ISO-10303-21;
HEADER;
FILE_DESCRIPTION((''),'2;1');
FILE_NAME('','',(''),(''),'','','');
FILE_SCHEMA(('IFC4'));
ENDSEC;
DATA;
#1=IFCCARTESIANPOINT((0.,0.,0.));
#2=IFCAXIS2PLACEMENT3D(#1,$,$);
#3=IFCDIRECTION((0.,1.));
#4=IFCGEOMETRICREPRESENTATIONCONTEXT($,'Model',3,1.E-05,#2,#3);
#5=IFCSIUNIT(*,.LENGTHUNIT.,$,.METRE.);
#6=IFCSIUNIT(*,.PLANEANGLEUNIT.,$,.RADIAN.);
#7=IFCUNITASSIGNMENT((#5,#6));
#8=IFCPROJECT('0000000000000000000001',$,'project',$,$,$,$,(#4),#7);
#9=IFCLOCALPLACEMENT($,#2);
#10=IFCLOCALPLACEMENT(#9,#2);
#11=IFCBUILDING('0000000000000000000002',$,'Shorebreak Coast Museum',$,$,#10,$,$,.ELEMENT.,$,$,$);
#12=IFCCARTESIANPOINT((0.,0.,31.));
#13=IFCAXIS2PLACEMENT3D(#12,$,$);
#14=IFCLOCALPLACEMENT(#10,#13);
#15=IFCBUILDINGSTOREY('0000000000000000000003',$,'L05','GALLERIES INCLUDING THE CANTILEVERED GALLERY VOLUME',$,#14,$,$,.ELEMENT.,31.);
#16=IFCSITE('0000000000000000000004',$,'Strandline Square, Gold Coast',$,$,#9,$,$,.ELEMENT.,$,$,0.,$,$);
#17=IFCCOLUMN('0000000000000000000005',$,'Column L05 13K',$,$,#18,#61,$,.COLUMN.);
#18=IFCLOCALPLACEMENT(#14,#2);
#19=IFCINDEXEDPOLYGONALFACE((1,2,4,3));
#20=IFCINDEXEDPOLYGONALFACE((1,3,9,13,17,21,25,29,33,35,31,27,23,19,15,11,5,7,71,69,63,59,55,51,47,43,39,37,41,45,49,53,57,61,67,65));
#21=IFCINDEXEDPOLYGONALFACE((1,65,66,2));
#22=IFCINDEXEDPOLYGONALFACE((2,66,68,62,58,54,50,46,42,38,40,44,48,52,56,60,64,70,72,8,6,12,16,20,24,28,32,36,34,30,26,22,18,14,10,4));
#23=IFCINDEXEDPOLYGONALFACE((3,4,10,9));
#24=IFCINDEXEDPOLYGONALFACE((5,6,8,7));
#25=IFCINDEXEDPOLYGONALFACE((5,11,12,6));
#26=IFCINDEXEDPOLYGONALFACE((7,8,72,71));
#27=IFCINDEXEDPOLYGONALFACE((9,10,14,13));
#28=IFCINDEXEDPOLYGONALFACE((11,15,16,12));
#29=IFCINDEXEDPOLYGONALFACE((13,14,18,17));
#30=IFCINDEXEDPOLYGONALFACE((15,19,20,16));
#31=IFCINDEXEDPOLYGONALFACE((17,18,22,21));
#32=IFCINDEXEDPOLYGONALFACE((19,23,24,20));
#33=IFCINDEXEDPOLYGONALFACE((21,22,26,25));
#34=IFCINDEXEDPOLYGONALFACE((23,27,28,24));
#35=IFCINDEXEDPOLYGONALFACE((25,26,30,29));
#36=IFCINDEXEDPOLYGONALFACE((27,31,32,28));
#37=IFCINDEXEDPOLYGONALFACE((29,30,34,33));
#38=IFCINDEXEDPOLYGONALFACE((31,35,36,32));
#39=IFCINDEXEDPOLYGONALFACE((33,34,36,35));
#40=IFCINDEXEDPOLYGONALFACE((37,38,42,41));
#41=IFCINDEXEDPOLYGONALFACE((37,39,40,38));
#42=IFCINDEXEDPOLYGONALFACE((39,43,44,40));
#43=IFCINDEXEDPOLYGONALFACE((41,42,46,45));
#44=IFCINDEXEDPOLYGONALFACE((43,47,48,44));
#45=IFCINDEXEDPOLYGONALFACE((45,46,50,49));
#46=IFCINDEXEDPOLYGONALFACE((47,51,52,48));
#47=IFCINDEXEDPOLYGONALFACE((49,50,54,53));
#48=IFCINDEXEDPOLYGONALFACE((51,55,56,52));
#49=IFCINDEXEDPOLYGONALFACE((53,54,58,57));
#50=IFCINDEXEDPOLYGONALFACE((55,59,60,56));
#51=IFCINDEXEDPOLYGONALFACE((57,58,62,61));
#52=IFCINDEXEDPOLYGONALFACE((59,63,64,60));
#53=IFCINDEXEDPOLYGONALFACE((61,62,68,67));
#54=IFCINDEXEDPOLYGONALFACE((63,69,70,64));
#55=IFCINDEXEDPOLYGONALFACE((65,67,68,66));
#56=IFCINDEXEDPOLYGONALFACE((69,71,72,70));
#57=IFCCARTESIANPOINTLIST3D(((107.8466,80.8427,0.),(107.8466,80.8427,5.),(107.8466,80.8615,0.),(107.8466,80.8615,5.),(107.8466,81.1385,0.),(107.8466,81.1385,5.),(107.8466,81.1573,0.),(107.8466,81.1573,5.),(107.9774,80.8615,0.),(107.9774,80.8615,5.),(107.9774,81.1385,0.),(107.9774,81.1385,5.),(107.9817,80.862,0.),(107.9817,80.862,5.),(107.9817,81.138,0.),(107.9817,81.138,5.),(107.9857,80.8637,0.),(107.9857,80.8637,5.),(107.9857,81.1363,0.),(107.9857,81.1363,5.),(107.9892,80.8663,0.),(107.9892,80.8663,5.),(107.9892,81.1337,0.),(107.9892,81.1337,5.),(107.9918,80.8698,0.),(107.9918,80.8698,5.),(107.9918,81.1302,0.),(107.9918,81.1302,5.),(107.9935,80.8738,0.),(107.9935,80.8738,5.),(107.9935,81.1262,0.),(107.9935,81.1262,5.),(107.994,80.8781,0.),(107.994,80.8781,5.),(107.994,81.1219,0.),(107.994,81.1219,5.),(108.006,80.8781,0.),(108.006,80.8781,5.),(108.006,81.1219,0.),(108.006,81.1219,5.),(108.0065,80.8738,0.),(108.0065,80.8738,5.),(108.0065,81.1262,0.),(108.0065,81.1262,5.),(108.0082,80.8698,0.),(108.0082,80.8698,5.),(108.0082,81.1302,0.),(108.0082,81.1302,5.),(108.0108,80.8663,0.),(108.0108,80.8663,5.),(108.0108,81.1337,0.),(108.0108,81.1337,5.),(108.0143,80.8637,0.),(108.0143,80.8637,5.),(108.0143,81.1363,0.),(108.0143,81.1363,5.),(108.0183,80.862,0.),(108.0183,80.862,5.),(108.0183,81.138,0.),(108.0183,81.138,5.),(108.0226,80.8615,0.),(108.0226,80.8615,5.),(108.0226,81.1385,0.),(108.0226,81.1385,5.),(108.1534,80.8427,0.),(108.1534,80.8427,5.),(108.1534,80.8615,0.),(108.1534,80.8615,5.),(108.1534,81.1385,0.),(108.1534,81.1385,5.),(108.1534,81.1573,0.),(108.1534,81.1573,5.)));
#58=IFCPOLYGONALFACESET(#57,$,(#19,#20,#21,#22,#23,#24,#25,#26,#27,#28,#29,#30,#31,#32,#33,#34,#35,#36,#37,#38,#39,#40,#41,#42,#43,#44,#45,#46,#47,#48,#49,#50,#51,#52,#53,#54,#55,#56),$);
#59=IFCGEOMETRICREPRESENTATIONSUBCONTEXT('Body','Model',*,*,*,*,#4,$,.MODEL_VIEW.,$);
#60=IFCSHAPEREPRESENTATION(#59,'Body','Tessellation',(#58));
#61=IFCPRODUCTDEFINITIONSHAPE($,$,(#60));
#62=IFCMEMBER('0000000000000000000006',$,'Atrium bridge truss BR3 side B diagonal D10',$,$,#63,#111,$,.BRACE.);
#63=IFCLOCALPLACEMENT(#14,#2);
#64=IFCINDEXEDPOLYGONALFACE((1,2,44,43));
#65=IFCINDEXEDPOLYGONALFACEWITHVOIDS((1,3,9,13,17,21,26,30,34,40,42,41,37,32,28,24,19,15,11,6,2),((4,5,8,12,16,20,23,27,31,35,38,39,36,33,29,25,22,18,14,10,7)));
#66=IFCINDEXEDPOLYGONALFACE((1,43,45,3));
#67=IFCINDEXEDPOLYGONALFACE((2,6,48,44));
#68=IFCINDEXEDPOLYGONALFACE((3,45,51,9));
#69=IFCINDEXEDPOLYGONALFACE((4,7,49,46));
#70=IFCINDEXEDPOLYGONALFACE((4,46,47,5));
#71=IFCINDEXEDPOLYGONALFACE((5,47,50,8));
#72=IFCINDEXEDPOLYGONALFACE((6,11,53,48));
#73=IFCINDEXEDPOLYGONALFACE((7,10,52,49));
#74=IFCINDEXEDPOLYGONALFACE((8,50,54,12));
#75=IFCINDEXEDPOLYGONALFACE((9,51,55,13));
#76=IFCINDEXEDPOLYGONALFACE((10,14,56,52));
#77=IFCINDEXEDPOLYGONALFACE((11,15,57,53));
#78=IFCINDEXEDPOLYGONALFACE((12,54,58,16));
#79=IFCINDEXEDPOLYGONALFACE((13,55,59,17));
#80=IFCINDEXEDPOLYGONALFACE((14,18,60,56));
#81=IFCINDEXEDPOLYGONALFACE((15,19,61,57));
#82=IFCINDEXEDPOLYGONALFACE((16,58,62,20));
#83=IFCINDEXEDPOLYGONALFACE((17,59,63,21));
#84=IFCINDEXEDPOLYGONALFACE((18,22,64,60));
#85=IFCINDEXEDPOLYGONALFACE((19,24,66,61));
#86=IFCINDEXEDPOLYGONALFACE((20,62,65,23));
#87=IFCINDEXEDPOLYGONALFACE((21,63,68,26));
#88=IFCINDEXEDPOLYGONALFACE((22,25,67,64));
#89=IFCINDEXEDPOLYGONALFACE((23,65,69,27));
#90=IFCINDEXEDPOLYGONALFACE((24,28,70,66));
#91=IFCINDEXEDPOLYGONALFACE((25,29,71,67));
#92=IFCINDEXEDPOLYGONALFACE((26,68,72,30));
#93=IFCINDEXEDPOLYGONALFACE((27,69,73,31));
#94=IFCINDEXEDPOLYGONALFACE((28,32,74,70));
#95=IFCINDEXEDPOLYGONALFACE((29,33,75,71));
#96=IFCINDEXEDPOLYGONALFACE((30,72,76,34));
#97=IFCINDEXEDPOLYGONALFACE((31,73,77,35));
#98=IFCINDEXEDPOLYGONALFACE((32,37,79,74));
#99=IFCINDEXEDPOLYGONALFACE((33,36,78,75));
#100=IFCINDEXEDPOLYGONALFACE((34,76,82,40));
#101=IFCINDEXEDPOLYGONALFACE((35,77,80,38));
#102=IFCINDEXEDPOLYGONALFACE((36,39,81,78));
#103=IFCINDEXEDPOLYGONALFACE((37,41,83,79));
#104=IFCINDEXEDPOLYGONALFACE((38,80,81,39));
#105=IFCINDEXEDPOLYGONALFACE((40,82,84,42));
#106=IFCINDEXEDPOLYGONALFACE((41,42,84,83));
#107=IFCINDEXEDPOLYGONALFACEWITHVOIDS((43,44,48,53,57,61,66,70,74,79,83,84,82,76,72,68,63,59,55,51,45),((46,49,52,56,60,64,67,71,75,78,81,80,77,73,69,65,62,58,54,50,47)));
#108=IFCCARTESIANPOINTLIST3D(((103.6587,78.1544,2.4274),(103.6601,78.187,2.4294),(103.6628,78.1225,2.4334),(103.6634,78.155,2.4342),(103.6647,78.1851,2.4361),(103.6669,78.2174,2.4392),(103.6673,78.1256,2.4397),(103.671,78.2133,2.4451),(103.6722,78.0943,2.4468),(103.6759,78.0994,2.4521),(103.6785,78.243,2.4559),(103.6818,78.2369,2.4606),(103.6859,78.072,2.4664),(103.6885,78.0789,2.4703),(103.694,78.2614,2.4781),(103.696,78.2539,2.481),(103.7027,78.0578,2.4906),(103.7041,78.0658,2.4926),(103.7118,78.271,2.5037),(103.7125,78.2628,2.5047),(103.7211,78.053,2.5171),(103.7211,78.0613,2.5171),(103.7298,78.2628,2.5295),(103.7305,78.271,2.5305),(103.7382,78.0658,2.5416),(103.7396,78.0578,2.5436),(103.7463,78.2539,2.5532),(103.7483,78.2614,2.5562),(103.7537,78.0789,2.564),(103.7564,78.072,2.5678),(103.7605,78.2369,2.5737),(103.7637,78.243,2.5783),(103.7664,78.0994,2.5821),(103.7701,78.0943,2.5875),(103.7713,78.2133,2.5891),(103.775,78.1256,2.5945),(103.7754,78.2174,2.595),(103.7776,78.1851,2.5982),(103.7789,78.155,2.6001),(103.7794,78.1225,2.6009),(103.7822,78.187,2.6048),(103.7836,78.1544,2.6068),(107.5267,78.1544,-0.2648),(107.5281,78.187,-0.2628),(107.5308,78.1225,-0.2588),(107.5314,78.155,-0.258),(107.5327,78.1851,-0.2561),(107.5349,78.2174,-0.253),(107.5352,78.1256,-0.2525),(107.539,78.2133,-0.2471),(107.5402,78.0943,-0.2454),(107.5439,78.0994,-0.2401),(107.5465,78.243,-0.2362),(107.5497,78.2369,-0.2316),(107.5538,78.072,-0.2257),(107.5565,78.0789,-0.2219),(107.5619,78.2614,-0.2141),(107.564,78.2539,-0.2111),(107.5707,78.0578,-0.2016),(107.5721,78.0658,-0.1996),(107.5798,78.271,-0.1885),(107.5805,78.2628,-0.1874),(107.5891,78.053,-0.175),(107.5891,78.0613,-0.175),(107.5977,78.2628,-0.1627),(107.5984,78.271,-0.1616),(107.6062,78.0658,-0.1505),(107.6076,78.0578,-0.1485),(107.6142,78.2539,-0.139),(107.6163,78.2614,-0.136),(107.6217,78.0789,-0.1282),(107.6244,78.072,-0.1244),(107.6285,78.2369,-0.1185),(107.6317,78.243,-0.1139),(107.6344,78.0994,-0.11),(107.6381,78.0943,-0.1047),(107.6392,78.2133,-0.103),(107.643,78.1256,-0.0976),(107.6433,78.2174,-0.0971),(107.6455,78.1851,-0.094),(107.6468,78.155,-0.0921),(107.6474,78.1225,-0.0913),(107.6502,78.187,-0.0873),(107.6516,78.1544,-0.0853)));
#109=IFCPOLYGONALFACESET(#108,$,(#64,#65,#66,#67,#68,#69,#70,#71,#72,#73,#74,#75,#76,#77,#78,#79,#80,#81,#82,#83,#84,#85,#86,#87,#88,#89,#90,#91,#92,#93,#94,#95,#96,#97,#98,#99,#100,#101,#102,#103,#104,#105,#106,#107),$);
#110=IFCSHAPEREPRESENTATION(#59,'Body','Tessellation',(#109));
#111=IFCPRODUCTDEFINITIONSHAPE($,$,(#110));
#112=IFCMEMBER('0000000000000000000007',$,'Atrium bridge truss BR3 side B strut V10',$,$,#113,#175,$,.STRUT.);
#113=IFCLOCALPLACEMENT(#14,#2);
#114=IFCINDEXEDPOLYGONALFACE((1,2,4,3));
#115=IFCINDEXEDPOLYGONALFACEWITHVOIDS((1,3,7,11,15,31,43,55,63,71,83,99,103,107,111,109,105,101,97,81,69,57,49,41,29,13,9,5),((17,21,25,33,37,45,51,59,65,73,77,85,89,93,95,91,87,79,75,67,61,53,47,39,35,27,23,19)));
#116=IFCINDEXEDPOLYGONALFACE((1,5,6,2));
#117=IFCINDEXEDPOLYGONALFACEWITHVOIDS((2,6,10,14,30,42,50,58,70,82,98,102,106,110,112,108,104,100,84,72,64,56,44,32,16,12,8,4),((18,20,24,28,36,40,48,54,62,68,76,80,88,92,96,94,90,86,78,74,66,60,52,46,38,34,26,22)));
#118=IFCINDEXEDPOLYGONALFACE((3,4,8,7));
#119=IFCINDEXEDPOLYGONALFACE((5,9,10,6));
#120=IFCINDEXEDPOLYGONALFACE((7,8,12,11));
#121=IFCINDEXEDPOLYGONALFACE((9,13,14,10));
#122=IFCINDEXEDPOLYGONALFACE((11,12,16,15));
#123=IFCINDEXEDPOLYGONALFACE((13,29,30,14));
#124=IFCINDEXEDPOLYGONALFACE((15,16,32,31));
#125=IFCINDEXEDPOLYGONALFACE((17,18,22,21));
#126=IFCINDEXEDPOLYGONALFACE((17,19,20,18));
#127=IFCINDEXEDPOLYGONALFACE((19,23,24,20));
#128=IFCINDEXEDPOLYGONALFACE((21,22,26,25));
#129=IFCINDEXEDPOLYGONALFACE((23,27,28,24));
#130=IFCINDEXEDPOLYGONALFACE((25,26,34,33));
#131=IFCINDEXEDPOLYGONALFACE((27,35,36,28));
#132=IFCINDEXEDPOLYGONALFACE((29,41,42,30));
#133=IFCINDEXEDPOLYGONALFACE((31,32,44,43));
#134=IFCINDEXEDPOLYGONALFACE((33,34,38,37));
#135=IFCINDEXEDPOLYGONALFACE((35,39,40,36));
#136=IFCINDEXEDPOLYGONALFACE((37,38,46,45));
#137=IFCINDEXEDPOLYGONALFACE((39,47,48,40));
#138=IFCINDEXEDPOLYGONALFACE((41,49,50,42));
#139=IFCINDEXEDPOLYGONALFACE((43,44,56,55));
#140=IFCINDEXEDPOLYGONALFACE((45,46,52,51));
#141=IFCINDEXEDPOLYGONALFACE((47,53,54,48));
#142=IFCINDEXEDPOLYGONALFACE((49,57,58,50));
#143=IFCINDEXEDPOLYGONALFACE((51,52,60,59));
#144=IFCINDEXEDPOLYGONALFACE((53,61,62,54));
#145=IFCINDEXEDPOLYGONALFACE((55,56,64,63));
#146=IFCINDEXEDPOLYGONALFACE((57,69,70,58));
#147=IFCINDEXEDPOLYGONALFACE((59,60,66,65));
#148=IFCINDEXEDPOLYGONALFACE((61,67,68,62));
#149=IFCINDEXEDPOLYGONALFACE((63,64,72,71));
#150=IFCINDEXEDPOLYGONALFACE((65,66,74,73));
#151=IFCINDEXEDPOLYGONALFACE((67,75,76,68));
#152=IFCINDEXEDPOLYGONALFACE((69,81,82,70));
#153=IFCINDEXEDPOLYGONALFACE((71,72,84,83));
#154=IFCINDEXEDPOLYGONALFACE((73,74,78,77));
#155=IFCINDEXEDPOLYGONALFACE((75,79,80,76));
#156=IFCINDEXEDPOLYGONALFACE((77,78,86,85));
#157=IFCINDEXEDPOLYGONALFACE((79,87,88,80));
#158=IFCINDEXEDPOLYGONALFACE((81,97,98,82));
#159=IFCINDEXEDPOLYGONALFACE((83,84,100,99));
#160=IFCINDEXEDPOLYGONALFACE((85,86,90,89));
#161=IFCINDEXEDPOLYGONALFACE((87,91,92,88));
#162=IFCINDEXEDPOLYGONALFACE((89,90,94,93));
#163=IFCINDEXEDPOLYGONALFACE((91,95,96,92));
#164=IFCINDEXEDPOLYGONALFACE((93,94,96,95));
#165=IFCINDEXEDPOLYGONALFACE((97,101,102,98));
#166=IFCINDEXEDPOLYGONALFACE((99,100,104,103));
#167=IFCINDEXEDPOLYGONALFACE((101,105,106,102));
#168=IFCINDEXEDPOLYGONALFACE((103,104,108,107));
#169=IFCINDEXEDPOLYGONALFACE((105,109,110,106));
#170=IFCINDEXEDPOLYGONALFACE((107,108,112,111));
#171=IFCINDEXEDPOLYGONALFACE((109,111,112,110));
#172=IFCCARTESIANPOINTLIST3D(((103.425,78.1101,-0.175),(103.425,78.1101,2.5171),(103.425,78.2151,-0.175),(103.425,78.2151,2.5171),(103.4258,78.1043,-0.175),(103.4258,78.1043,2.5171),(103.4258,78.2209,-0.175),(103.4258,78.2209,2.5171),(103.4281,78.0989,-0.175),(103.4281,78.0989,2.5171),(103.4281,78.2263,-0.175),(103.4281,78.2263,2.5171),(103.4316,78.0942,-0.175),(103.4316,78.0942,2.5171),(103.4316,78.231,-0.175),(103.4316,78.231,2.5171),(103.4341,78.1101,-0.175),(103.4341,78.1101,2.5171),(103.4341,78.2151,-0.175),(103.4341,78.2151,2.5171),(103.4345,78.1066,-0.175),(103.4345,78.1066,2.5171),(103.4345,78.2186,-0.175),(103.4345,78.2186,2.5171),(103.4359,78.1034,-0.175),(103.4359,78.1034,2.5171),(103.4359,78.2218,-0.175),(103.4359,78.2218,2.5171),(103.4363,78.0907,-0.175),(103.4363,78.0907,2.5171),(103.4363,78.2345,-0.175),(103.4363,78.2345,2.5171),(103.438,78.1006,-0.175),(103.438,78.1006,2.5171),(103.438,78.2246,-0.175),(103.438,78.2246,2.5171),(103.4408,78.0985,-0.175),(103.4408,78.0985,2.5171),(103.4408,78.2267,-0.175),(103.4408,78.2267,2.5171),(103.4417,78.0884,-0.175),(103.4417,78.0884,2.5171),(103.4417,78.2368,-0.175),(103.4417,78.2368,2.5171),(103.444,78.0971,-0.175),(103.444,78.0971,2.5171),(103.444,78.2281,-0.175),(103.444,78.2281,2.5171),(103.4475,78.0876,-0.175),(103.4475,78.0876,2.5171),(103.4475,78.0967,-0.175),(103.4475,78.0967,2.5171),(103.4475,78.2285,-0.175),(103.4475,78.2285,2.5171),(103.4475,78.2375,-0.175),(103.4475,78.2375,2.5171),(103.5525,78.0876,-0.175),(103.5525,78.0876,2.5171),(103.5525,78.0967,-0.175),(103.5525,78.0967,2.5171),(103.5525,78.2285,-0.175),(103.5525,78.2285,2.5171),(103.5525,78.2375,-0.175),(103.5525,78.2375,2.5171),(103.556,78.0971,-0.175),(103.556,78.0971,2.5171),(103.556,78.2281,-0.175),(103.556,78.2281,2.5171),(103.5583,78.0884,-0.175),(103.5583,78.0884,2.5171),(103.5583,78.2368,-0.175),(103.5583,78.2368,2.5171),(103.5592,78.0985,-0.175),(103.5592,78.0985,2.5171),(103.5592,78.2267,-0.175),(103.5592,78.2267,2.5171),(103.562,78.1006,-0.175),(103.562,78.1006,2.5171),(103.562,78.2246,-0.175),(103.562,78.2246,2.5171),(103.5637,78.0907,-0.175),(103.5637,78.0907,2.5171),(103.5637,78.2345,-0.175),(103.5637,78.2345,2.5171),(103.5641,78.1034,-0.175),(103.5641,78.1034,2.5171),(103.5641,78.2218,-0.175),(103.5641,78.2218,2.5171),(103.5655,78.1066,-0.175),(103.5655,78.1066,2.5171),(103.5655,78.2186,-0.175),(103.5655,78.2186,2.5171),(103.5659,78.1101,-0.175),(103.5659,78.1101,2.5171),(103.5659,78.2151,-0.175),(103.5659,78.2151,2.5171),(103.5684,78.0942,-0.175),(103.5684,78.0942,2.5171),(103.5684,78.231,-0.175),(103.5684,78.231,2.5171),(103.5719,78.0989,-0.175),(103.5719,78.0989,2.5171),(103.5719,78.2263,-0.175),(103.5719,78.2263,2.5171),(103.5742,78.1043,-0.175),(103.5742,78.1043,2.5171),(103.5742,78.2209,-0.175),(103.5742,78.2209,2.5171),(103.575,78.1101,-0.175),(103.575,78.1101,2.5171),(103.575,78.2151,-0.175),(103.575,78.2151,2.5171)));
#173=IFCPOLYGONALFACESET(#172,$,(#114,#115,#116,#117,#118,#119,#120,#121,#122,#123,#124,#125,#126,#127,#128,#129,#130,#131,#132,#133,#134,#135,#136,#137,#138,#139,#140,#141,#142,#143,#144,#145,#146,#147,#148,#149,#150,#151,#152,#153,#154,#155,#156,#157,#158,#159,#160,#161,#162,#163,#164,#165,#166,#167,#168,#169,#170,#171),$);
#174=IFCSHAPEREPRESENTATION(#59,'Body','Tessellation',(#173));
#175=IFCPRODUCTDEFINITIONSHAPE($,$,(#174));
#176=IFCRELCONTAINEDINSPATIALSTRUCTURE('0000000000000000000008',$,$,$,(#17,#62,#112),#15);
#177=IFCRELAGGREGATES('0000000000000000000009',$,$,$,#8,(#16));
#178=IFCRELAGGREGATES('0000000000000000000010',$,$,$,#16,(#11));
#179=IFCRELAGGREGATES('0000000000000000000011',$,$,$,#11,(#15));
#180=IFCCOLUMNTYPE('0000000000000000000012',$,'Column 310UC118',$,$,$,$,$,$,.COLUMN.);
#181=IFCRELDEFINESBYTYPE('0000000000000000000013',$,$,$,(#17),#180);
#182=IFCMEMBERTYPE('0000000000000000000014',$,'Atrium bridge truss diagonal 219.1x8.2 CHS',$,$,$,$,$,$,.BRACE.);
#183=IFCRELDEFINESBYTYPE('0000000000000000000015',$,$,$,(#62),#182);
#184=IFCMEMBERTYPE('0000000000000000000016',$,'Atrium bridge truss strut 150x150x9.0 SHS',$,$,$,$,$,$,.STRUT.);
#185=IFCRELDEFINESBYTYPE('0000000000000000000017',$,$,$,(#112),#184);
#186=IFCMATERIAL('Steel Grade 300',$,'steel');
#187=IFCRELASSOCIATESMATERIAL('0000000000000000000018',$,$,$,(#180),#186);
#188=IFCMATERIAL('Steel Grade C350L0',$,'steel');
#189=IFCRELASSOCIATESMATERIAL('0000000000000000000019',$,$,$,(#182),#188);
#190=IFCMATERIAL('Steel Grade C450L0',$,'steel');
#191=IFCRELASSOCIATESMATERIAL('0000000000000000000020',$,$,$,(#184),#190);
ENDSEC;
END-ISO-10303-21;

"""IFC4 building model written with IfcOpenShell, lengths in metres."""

from ifc_helpers import new_model, si_unit, direction, frame, origin, origin_2d, place, context, subcontext, project, spatial, hollow_rectangle, hollow_circle, i_section, extrude, material, material_profile, profile_set, type_object, element, save


model = new_model("IFC4")

# Units and contexts
model_context = context("Model", 3, precision=1e-05, world=origin(), true_north=direction((0.0, 1.0)))
body_context = subcontext(model_context, "Body", "Model", "MODEL_VIEW")
ifc_project = project(units=[si_unit("LENGTHUNIT", "METRE"), si_unit("PLANEANGLEUNIT", "RADIAN")], contexts=[model_context])

# Site, building, storey
site_placement = place(None, origin())
site = spatial("IfcSite", under=ifc_project, at=site_placement, Name="Strandline Square, Gold Coast", CompositionType="ELEMENT", RefElevation=0.0)
building_placement = place(site_placement, origin())
building = spatial("IfcBuilding", under=site, at=building_placement, Name="Shorebreak Coast Museum", CompositionType="ELEMENT")
storey_placement = place(building_placement, frame((0.0, 0.0, 31.0)))
storey = spatial("IfcBuildingStorey", under=building, at=storey_placement, Name="L05", Description="GALLERIES INCLUDING THE CANTILEVERED GALLERY VOLUME", CompositionType="ELEMENT", Elevation=31.0)

# Column
ifc_material_1 = material(Name="Steel Grade 300", Category="steel")
ifc_material_profile_1 = material_profile(ifc_material_1, i_section(OverallWidth=0.3069, OverallDepth=0.3147, WebThickness=0.012, FlangeThickness=0.0188, FilletRadius=0.0166, at=origin_2d()), Name="310UC118")
ifc_profile_set_1 = profile_set([ifc_material_profile_1], Name="Steel Grade 300")
column_type = type_object("IfcColumnType", Name="Column 310UC118", PredefinedType="COLUMN", material=ifc_profile_set_1)
column_placement = place(storey_placement, frame((108.0, 81.0, 0.0), z_axis=(0.0, 0.0, 1.0), x_axis=(1.0, 0.0, 0.0)))
element("IfcColumn", 1, at=column_placement, inside=storey, type_object=column_type, Name="Column L05 13K", PredefinedType="COLUMN", context=body_context, shape_type="SweptSolid", body=[
    extrude(i_section(OverallWidth=0.3069, OverallDepth=0.3147, WebThickness=0.012, FlangeThickness=0.0188, FilletRadius=0.0166, at=origin_2d()), origin(), (0.0, 0.0, 1.0), 5.0),
])

# Members
ifc_material_2 = material(Name="Steel Grade C350L0", Category="steel")
ifc_material_profile_2 = material_profile(ifc_material_2, hollow_circle(Radius=0.1096, WallThickness=0.0083, at=origin_2d()), Name="219.1x8.2 CHS")
ifc_profile_set_2 = profile_set([ifc_material_profile_2], Name="Steel Grade C350L0")
member_type_1 = type_object("IfcMemberType", Name="Atrium bridge truss diagonal 219.1x8.2 CHS", PredefinedType="BRACE", material=ifc_profile_set_2)
member_1_placement = place(storey_placement, frame((107.5891, 78.1626, -0.175), z_axis=(-0.820765, 0.0, 0.571266), x_axis=(0.0, -1.0, 0.0)))
element("IfcMember", 2, at=member_1_placement, inside=storey, type_object=member_type_1, Name="Atrium bridge truss BR3 side B diagonal D10", PredefinedType="BRACE", context=body_context, shape_type="SweptSolid", body=[
    extrude(hollow_circle(Radius=0.1096, WallThickness=0.0083, at=origin_2d()), origin(), (0.0, 0.0, 1.0), 4.7126),
])
ifc_material_3 = material(Name="Steel Grade C450L0", Category="steel")
ifc_material_profile_3 = material_profile(ifc_material_3, hollow_rectangle(XDim=0.1499, YDim=0.1499, WallThickness=0.009, InnerFilletRadius=0.0134, OuterFilletRadius=0.0225, at=origin_2d()), Name="150x150x9.0 SHS")
ifc_profile_set_3 = profile_set([ifc_material_profile_3], Name="Steel Grade C450L0")
member_type_2 = type_object("IfcMemberType", Name="Atrium bridge truss strut 150x150x9.0 SHS", PredefinedType="STRUT", material=ifc_profile_set_3)
for number, where, z_axis, x_axis, name in (
    (3, (103.5, 78.1626, -0.175), (0.0, 0.0, 1.0), (1.0, 0.0, 0.0), "Atrium bridge truss BR3 side B strut V10"),
):
    element("IfcMember", number, at=place(storey_placement, frame(where, z_axis=z_axis, x_axis=x_axis)), inside=storey, type_object=member_type_2, Name=name, PredefinedType="STRUT", context=body_context, shape_type="SweptSolid", body=[
        extrude(hollow_rectangle(XDim=0.1499, YDim=0.1499, WallThickness=0.009, InnerFilletRadius=0.0134, OuterFilletRadius=0.0225, at=origin_2d()), origin(), (0.0, 0.0, 1.0), 2.6921),
    ])

save(model, "model.ifc")
